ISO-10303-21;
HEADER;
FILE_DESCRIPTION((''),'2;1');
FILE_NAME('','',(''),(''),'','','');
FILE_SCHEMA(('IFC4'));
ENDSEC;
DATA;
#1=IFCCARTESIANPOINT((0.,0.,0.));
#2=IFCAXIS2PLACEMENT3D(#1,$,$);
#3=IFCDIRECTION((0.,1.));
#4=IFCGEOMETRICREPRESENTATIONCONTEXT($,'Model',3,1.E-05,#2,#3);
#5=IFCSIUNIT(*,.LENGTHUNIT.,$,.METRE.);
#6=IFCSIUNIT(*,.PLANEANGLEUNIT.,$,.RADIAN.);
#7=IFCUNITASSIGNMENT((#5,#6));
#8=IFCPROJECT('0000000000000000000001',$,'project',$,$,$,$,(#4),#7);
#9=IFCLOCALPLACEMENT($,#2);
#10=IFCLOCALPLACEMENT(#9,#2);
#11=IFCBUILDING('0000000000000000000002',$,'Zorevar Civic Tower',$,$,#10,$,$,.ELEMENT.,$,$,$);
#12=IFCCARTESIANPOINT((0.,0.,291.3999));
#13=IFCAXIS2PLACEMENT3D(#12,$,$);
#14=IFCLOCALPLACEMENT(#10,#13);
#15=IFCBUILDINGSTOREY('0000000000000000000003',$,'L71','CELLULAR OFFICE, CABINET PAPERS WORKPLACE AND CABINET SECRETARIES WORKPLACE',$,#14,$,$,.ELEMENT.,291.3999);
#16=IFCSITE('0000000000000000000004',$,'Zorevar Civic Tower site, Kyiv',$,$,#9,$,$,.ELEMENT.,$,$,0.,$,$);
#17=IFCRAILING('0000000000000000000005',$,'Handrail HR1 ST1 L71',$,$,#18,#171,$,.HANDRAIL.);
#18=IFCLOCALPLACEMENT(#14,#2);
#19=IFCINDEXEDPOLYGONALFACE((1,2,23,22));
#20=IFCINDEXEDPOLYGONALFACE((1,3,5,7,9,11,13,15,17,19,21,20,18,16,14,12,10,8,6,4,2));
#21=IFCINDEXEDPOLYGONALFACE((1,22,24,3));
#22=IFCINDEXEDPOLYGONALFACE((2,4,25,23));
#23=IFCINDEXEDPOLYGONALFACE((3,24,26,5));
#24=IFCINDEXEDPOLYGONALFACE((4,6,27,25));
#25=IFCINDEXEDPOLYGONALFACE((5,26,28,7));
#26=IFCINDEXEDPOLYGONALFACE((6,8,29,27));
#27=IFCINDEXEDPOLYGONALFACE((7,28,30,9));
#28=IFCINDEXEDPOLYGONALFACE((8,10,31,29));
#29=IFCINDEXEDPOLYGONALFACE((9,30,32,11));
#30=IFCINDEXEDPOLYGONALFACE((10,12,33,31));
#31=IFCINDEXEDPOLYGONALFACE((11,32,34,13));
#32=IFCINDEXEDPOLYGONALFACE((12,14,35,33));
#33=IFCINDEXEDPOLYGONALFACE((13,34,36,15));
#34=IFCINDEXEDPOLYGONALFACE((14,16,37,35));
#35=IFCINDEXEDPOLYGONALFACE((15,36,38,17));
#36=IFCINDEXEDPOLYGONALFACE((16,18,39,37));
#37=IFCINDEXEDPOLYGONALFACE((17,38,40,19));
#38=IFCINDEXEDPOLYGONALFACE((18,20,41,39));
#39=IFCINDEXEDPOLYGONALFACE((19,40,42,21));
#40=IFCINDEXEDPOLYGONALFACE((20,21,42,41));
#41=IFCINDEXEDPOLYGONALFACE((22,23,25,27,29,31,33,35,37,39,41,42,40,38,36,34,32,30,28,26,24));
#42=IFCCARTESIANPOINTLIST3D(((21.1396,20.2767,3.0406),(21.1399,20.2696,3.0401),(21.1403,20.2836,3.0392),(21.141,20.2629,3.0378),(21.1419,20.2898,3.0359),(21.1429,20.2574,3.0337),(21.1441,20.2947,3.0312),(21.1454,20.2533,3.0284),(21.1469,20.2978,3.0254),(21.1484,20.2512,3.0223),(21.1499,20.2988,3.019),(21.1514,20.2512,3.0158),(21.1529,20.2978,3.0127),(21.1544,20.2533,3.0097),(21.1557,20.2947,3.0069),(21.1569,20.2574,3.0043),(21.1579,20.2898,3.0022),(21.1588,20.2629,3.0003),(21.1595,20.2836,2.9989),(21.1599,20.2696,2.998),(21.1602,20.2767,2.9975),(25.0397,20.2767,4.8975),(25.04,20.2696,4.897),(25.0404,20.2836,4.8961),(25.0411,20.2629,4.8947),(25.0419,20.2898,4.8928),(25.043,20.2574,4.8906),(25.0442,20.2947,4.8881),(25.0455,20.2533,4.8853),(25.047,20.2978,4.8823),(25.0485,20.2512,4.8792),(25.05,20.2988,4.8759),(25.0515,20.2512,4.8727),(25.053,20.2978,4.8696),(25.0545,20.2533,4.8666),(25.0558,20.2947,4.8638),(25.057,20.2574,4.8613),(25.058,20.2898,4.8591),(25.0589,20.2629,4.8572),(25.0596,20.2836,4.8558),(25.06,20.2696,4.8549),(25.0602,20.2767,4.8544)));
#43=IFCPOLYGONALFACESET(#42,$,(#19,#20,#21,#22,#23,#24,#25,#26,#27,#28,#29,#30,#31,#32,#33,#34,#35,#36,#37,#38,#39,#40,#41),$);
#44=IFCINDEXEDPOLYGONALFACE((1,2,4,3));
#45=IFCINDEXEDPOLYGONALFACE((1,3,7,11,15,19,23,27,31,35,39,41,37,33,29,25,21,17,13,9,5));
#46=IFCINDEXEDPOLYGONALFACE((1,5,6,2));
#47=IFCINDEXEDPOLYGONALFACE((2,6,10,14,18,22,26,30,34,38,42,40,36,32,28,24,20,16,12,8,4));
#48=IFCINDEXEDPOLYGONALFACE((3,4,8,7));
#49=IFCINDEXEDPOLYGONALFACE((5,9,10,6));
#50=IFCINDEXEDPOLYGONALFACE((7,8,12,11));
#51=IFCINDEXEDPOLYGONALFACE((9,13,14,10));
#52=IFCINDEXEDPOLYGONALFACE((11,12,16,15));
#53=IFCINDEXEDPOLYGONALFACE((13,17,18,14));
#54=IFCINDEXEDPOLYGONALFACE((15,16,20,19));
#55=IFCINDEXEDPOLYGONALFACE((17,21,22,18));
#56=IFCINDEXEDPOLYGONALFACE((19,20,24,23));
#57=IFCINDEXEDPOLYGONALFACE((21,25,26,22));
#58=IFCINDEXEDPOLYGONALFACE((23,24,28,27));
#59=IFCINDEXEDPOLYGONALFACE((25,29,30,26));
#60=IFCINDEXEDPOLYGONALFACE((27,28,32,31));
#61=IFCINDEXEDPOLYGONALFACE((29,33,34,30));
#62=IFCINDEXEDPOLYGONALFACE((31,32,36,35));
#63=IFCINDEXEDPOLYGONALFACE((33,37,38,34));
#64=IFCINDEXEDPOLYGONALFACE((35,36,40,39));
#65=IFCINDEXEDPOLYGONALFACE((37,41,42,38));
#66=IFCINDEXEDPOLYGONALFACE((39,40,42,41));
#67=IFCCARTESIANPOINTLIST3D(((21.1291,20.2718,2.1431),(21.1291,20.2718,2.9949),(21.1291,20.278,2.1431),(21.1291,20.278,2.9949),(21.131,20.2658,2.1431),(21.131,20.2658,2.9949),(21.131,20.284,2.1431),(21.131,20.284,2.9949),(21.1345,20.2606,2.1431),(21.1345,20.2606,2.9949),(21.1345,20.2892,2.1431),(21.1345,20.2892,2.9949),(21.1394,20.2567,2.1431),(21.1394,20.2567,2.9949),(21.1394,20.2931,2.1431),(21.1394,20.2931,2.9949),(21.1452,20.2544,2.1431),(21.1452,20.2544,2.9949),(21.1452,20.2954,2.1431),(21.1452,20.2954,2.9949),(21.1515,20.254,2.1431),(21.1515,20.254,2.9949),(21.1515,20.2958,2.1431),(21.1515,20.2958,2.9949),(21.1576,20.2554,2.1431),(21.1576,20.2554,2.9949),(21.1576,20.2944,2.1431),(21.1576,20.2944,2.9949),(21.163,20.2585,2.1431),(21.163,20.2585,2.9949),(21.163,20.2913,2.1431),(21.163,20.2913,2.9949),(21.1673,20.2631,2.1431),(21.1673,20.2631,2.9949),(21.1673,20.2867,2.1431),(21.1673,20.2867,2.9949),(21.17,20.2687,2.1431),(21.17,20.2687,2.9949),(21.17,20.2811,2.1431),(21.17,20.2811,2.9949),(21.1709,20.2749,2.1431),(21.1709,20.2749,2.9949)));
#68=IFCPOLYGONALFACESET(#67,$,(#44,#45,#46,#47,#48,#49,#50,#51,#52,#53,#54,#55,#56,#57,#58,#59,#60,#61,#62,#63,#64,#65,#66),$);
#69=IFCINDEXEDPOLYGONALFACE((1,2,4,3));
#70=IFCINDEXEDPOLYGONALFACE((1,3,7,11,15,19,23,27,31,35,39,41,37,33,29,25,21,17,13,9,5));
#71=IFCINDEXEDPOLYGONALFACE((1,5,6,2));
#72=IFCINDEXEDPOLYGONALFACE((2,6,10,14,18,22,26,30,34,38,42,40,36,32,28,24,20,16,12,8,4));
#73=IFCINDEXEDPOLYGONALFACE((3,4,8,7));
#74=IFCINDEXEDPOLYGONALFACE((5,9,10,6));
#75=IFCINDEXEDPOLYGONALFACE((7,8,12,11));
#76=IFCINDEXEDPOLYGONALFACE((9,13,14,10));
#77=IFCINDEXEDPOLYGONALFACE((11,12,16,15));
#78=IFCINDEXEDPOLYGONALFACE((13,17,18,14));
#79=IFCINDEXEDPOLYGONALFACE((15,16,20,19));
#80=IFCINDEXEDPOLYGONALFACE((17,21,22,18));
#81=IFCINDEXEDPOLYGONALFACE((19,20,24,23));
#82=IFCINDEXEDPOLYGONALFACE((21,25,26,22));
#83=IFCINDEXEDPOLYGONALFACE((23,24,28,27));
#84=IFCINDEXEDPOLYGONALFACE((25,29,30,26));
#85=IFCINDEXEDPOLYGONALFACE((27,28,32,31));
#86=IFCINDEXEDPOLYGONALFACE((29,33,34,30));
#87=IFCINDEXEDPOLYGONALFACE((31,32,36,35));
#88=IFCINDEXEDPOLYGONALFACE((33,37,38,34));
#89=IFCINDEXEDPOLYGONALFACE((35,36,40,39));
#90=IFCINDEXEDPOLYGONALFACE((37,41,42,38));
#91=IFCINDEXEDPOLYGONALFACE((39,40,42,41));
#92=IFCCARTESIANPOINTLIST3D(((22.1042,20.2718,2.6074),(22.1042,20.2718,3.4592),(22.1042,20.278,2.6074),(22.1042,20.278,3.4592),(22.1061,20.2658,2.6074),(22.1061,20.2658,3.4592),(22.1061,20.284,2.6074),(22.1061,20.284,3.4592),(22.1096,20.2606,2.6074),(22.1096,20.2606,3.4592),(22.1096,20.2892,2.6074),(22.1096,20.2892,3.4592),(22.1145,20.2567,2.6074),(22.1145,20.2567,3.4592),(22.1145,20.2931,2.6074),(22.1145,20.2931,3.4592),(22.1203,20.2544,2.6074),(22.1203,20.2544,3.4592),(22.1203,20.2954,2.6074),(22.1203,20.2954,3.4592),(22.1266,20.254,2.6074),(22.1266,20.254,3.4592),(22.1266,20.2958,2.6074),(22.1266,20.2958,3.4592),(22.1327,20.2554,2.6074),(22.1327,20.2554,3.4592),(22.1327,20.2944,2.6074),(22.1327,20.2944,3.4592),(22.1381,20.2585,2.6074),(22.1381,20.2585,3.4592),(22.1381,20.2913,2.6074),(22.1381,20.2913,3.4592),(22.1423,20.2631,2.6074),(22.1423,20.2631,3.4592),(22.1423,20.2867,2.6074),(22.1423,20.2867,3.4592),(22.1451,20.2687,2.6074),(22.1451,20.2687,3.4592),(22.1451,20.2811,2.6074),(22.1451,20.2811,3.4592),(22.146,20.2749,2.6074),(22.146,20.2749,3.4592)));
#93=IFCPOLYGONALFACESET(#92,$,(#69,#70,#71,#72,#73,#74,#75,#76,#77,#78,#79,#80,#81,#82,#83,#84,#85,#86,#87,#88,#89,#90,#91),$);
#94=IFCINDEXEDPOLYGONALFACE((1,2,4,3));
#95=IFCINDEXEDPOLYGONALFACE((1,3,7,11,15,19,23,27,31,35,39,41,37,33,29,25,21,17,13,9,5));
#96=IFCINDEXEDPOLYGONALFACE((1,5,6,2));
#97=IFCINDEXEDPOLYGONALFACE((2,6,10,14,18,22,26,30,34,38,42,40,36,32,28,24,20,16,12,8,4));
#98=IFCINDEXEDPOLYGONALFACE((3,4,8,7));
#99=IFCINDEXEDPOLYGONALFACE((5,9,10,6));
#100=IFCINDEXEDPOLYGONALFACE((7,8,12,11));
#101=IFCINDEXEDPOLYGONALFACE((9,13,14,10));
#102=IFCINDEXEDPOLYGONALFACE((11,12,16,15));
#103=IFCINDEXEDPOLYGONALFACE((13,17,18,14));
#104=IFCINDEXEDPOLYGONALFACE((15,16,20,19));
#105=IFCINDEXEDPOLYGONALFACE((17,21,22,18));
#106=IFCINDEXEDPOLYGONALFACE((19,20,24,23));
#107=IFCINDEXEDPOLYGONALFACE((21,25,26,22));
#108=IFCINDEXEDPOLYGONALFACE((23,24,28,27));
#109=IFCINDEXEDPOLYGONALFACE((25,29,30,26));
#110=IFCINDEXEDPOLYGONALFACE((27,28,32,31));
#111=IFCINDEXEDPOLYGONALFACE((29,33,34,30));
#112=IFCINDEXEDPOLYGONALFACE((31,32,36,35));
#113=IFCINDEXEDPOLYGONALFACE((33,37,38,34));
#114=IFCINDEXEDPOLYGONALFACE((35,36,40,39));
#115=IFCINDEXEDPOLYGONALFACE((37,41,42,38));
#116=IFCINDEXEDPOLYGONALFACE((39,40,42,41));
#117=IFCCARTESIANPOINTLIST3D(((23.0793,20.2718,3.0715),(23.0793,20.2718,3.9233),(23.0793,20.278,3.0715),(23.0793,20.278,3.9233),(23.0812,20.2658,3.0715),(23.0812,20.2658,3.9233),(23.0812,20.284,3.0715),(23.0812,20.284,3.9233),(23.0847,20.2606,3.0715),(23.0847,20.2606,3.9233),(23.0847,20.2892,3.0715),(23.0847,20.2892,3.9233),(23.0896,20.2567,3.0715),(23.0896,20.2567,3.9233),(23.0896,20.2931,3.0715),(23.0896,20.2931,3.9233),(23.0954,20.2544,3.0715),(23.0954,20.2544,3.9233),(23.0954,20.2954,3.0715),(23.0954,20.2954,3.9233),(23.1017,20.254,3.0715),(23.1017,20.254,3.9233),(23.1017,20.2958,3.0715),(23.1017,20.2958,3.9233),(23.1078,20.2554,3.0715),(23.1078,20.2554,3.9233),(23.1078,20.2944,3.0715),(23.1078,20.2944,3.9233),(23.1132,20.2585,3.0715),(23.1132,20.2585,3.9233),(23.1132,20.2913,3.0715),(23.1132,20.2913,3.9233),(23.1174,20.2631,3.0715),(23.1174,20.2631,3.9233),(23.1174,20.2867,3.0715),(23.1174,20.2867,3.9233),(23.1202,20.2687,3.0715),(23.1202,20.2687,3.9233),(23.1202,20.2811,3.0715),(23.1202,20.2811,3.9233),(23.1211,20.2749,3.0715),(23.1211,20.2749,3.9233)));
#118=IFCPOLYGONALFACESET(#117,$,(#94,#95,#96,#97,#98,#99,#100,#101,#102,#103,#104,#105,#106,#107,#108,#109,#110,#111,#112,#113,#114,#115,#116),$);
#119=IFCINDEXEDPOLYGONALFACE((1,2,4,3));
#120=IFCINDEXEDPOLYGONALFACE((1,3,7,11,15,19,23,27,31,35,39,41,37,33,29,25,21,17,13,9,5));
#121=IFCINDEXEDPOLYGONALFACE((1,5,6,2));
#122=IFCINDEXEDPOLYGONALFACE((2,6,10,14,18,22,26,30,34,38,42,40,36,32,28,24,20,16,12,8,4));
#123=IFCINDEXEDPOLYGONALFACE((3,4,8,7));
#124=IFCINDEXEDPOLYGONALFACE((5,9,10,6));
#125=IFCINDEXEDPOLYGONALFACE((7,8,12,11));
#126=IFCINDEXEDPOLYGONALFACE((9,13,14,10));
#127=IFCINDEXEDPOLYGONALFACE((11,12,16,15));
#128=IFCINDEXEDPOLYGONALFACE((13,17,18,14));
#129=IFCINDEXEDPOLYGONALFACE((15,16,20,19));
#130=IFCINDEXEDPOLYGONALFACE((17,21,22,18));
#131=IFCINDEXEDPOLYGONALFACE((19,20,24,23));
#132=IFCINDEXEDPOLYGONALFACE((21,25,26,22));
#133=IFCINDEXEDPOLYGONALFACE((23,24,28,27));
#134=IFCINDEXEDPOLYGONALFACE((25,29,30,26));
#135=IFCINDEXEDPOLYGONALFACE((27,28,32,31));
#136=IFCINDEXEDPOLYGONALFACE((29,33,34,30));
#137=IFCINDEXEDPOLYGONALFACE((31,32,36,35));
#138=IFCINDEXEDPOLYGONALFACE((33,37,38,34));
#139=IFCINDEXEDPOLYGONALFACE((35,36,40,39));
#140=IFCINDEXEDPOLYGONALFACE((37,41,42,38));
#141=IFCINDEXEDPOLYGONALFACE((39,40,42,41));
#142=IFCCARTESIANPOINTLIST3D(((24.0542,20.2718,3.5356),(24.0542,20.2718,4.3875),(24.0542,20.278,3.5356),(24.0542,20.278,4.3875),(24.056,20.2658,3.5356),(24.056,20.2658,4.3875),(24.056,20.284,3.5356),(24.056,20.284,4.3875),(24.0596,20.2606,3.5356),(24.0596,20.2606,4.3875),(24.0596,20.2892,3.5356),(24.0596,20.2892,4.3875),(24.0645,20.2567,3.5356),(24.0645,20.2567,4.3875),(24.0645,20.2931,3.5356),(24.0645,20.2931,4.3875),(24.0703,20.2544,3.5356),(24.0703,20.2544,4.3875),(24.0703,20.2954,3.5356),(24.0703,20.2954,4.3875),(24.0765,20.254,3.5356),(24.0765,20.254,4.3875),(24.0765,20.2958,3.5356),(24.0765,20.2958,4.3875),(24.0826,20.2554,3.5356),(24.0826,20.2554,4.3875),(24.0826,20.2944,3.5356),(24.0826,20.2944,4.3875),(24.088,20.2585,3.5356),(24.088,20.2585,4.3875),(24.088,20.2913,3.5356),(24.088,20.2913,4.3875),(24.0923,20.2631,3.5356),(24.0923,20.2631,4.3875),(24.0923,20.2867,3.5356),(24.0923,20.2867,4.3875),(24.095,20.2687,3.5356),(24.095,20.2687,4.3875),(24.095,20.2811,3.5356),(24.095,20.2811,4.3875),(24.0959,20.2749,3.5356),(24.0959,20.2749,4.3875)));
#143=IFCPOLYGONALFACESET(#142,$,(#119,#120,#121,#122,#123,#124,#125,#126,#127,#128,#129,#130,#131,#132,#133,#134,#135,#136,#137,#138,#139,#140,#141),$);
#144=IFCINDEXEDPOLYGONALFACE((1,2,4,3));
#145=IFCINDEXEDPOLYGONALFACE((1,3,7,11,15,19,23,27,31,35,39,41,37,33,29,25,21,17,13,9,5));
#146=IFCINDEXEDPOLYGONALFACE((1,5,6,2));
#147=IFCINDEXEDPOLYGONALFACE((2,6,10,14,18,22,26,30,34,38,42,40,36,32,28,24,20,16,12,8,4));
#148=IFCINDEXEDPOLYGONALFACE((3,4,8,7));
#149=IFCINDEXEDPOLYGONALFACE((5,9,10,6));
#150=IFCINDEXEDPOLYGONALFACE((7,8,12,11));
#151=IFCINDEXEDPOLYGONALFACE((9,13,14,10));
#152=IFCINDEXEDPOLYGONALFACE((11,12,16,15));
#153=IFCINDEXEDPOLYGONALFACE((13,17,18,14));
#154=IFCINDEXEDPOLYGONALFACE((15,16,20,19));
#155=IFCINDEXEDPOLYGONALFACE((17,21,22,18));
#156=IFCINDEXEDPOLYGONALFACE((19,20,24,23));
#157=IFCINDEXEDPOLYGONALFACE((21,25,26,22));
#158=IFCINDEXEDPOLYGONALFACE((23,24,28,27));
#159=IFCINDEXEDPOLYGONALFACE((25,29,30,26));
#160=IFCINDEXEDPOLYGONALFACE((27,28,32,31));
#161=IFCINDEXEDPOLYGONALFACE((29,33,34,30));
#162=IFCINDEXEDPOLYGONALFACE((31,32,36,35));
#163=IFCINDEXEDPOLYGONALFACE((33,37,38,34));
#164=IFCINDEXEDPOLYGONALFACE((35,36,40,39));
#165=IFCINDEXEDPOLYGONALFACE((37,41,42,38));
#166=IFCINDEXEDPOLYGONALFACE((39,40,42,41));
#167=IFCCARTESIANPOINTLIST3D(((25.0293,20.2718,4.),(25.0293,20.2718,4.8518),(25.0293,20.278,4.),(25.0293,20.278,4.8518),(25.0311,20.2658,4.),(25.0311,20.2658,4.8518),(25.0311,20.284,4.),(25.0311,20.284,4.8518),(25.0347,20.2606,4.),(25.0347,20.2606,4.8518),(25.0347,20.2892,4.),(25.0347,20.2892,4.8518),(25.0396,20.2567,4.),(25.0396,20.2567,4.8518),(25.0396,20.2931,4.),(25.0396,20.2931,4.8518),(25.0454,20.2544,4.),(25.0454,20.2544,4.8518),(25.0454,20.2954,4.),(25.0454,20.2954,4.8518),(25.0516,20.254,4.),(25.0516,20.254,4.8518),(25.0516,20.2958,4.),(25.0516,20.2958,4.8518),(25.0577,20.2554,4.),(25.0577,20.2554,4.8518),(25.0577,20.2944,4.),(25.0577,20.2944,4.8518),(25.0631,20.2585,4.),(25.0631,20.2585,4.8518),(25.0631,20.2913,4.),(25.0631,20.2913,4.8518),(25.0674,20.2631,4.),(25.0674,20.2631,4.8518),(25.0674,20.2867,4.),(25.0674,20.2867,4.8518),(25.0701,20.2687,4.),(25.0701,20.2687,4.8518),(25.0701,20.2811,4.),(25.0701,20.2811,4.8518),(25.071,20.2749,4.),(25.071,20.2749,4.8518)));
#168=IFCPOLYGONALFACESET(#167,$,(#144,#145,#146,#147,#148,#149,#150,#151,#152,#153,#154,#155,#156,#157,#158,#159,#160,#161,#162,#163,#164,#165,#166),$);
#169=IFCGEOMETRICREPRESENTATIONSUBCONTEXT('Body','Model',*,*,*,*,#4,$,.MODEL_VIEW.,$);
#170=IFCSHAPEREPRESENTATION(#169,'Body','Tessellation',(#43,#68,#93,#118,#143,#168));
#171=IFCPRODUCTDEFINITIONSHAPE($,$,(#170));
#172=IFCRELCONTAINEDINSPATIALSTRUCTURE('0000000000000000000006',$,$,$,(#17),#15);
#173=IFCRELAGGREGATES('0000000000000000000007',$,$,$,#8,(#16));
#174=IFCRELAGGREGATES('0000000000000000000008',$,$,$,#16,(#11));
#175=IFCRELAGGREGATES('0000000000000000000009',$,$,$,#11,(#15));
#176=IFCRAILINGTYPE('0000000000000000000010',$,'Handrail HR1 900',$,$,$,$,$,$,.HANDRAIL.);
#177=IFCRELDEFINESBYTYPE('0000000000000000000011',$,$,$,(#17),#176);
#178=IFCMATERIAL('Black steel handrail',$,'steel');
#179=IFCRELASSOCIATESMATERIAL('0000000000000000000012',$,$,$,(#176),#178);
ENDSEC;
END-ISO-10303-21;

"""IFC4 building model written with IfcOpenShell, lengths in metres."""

from ifc_helpers import new_model, si_unit, direction, frame, origin, origin_2d, place, context, subcontext, project, spatial, circle, extrude, material, type_object, element, save


model = new_model("IFC4")

# Units and contexts
model_context = context("Model", 3, precision=1e-05, world=origin(), true_north=direction((0.0, 1.0)))
body_context = subcontext(model_context, "Body", "Model", "MODEL_VIEW")
ifc_project = project(units=[si_unit("LENGTHUNIT", "METRE"), si_unit("PLANEANGLEUNIT", "RADIAN")], contexts=[model_context])

# Site, building, storey
site_placement = place(None, origin())
site = spatial("IfcSite", under=ifc_project, at=site_placement, Name="Zorevar Civic Tower site, Kyiv", CompositionType="ELEMENT", RefElevation=0.0)
building_placement = place(site_placement, origin())
building = spatial("IfcBuilding", under=site, at=building_placement, Name="Zorevar Civic Tower", CompositionType="ELEMENT")
storey_placement = place(building_placement, frame((0.0, 0.0, 291.3999)))
storey = spatial("IfcBuildingStorey", under=building, at=storey_placement, Name="L71", Description="CELLULAR OFFICE, CABINET PAPERS WORKPLACE AND CABINET SECRETARIES WORKPLACE", CompositionType="ELEMENT", Elevation=291.3999)

# Railing
ifc_material_1 = material(Name="Black steel handrail", Category="steel")
railing_type = type_object("IfcRailingType", Name="Handrail HR1 900", PredefinedType="HANDRAIL", material=ifc_material_1)
railing_1_placement = place(storey_placement, frame((21.1499, 20.2749, 2.1431)))
element("IfcRailing", 1, at=railing_1_placement, inside=storey, type_object=railing_type, Name="Handrail HR1 ST1 L71", PredefinedType="HANDRAIL", context=body_context, shape_type="SweptSolid", body=[
    extrude(circle(Radius=0.0239, at=origin_2d()), frame((0.0, 0.0, 0.876), z_axis=(0.902886, 0.0, 0.429881), x_axis=(0.0, 1.0, 0.0)), (0.0, 0.0, 1.0), 4.3196),
    extrude(circle(Radius=0.021, at=origin_2d()), origin(), (0.0, 0.0, 1.0), 0.8518),
    extrude(circle(Radius=0.021, at=origin_2d()), frame((0.9751, 0.0, 0.4644)), (0.0, 0.0, 1.0), 0.8518),
    extrude(circle(Radius=0.021, at=origin_2d()), frame((1.9502, 0.0, 0.9285)), (0.0, 0.0, 1.0), 0.8518),
    extrude(circle(Radius=0.021, at=origin_2d()), frame((2.925, 0.0, 1.3926)), (0.0, 0.0, 1.0), 0.8518),
    extrude(circle(Radius=0.021, at=origin_2d()), frame((3.9001, 0.0, 1.8569)), (0.0, 0.0, 1.0), 0.8518),
])

save(model, "model.ifc")
